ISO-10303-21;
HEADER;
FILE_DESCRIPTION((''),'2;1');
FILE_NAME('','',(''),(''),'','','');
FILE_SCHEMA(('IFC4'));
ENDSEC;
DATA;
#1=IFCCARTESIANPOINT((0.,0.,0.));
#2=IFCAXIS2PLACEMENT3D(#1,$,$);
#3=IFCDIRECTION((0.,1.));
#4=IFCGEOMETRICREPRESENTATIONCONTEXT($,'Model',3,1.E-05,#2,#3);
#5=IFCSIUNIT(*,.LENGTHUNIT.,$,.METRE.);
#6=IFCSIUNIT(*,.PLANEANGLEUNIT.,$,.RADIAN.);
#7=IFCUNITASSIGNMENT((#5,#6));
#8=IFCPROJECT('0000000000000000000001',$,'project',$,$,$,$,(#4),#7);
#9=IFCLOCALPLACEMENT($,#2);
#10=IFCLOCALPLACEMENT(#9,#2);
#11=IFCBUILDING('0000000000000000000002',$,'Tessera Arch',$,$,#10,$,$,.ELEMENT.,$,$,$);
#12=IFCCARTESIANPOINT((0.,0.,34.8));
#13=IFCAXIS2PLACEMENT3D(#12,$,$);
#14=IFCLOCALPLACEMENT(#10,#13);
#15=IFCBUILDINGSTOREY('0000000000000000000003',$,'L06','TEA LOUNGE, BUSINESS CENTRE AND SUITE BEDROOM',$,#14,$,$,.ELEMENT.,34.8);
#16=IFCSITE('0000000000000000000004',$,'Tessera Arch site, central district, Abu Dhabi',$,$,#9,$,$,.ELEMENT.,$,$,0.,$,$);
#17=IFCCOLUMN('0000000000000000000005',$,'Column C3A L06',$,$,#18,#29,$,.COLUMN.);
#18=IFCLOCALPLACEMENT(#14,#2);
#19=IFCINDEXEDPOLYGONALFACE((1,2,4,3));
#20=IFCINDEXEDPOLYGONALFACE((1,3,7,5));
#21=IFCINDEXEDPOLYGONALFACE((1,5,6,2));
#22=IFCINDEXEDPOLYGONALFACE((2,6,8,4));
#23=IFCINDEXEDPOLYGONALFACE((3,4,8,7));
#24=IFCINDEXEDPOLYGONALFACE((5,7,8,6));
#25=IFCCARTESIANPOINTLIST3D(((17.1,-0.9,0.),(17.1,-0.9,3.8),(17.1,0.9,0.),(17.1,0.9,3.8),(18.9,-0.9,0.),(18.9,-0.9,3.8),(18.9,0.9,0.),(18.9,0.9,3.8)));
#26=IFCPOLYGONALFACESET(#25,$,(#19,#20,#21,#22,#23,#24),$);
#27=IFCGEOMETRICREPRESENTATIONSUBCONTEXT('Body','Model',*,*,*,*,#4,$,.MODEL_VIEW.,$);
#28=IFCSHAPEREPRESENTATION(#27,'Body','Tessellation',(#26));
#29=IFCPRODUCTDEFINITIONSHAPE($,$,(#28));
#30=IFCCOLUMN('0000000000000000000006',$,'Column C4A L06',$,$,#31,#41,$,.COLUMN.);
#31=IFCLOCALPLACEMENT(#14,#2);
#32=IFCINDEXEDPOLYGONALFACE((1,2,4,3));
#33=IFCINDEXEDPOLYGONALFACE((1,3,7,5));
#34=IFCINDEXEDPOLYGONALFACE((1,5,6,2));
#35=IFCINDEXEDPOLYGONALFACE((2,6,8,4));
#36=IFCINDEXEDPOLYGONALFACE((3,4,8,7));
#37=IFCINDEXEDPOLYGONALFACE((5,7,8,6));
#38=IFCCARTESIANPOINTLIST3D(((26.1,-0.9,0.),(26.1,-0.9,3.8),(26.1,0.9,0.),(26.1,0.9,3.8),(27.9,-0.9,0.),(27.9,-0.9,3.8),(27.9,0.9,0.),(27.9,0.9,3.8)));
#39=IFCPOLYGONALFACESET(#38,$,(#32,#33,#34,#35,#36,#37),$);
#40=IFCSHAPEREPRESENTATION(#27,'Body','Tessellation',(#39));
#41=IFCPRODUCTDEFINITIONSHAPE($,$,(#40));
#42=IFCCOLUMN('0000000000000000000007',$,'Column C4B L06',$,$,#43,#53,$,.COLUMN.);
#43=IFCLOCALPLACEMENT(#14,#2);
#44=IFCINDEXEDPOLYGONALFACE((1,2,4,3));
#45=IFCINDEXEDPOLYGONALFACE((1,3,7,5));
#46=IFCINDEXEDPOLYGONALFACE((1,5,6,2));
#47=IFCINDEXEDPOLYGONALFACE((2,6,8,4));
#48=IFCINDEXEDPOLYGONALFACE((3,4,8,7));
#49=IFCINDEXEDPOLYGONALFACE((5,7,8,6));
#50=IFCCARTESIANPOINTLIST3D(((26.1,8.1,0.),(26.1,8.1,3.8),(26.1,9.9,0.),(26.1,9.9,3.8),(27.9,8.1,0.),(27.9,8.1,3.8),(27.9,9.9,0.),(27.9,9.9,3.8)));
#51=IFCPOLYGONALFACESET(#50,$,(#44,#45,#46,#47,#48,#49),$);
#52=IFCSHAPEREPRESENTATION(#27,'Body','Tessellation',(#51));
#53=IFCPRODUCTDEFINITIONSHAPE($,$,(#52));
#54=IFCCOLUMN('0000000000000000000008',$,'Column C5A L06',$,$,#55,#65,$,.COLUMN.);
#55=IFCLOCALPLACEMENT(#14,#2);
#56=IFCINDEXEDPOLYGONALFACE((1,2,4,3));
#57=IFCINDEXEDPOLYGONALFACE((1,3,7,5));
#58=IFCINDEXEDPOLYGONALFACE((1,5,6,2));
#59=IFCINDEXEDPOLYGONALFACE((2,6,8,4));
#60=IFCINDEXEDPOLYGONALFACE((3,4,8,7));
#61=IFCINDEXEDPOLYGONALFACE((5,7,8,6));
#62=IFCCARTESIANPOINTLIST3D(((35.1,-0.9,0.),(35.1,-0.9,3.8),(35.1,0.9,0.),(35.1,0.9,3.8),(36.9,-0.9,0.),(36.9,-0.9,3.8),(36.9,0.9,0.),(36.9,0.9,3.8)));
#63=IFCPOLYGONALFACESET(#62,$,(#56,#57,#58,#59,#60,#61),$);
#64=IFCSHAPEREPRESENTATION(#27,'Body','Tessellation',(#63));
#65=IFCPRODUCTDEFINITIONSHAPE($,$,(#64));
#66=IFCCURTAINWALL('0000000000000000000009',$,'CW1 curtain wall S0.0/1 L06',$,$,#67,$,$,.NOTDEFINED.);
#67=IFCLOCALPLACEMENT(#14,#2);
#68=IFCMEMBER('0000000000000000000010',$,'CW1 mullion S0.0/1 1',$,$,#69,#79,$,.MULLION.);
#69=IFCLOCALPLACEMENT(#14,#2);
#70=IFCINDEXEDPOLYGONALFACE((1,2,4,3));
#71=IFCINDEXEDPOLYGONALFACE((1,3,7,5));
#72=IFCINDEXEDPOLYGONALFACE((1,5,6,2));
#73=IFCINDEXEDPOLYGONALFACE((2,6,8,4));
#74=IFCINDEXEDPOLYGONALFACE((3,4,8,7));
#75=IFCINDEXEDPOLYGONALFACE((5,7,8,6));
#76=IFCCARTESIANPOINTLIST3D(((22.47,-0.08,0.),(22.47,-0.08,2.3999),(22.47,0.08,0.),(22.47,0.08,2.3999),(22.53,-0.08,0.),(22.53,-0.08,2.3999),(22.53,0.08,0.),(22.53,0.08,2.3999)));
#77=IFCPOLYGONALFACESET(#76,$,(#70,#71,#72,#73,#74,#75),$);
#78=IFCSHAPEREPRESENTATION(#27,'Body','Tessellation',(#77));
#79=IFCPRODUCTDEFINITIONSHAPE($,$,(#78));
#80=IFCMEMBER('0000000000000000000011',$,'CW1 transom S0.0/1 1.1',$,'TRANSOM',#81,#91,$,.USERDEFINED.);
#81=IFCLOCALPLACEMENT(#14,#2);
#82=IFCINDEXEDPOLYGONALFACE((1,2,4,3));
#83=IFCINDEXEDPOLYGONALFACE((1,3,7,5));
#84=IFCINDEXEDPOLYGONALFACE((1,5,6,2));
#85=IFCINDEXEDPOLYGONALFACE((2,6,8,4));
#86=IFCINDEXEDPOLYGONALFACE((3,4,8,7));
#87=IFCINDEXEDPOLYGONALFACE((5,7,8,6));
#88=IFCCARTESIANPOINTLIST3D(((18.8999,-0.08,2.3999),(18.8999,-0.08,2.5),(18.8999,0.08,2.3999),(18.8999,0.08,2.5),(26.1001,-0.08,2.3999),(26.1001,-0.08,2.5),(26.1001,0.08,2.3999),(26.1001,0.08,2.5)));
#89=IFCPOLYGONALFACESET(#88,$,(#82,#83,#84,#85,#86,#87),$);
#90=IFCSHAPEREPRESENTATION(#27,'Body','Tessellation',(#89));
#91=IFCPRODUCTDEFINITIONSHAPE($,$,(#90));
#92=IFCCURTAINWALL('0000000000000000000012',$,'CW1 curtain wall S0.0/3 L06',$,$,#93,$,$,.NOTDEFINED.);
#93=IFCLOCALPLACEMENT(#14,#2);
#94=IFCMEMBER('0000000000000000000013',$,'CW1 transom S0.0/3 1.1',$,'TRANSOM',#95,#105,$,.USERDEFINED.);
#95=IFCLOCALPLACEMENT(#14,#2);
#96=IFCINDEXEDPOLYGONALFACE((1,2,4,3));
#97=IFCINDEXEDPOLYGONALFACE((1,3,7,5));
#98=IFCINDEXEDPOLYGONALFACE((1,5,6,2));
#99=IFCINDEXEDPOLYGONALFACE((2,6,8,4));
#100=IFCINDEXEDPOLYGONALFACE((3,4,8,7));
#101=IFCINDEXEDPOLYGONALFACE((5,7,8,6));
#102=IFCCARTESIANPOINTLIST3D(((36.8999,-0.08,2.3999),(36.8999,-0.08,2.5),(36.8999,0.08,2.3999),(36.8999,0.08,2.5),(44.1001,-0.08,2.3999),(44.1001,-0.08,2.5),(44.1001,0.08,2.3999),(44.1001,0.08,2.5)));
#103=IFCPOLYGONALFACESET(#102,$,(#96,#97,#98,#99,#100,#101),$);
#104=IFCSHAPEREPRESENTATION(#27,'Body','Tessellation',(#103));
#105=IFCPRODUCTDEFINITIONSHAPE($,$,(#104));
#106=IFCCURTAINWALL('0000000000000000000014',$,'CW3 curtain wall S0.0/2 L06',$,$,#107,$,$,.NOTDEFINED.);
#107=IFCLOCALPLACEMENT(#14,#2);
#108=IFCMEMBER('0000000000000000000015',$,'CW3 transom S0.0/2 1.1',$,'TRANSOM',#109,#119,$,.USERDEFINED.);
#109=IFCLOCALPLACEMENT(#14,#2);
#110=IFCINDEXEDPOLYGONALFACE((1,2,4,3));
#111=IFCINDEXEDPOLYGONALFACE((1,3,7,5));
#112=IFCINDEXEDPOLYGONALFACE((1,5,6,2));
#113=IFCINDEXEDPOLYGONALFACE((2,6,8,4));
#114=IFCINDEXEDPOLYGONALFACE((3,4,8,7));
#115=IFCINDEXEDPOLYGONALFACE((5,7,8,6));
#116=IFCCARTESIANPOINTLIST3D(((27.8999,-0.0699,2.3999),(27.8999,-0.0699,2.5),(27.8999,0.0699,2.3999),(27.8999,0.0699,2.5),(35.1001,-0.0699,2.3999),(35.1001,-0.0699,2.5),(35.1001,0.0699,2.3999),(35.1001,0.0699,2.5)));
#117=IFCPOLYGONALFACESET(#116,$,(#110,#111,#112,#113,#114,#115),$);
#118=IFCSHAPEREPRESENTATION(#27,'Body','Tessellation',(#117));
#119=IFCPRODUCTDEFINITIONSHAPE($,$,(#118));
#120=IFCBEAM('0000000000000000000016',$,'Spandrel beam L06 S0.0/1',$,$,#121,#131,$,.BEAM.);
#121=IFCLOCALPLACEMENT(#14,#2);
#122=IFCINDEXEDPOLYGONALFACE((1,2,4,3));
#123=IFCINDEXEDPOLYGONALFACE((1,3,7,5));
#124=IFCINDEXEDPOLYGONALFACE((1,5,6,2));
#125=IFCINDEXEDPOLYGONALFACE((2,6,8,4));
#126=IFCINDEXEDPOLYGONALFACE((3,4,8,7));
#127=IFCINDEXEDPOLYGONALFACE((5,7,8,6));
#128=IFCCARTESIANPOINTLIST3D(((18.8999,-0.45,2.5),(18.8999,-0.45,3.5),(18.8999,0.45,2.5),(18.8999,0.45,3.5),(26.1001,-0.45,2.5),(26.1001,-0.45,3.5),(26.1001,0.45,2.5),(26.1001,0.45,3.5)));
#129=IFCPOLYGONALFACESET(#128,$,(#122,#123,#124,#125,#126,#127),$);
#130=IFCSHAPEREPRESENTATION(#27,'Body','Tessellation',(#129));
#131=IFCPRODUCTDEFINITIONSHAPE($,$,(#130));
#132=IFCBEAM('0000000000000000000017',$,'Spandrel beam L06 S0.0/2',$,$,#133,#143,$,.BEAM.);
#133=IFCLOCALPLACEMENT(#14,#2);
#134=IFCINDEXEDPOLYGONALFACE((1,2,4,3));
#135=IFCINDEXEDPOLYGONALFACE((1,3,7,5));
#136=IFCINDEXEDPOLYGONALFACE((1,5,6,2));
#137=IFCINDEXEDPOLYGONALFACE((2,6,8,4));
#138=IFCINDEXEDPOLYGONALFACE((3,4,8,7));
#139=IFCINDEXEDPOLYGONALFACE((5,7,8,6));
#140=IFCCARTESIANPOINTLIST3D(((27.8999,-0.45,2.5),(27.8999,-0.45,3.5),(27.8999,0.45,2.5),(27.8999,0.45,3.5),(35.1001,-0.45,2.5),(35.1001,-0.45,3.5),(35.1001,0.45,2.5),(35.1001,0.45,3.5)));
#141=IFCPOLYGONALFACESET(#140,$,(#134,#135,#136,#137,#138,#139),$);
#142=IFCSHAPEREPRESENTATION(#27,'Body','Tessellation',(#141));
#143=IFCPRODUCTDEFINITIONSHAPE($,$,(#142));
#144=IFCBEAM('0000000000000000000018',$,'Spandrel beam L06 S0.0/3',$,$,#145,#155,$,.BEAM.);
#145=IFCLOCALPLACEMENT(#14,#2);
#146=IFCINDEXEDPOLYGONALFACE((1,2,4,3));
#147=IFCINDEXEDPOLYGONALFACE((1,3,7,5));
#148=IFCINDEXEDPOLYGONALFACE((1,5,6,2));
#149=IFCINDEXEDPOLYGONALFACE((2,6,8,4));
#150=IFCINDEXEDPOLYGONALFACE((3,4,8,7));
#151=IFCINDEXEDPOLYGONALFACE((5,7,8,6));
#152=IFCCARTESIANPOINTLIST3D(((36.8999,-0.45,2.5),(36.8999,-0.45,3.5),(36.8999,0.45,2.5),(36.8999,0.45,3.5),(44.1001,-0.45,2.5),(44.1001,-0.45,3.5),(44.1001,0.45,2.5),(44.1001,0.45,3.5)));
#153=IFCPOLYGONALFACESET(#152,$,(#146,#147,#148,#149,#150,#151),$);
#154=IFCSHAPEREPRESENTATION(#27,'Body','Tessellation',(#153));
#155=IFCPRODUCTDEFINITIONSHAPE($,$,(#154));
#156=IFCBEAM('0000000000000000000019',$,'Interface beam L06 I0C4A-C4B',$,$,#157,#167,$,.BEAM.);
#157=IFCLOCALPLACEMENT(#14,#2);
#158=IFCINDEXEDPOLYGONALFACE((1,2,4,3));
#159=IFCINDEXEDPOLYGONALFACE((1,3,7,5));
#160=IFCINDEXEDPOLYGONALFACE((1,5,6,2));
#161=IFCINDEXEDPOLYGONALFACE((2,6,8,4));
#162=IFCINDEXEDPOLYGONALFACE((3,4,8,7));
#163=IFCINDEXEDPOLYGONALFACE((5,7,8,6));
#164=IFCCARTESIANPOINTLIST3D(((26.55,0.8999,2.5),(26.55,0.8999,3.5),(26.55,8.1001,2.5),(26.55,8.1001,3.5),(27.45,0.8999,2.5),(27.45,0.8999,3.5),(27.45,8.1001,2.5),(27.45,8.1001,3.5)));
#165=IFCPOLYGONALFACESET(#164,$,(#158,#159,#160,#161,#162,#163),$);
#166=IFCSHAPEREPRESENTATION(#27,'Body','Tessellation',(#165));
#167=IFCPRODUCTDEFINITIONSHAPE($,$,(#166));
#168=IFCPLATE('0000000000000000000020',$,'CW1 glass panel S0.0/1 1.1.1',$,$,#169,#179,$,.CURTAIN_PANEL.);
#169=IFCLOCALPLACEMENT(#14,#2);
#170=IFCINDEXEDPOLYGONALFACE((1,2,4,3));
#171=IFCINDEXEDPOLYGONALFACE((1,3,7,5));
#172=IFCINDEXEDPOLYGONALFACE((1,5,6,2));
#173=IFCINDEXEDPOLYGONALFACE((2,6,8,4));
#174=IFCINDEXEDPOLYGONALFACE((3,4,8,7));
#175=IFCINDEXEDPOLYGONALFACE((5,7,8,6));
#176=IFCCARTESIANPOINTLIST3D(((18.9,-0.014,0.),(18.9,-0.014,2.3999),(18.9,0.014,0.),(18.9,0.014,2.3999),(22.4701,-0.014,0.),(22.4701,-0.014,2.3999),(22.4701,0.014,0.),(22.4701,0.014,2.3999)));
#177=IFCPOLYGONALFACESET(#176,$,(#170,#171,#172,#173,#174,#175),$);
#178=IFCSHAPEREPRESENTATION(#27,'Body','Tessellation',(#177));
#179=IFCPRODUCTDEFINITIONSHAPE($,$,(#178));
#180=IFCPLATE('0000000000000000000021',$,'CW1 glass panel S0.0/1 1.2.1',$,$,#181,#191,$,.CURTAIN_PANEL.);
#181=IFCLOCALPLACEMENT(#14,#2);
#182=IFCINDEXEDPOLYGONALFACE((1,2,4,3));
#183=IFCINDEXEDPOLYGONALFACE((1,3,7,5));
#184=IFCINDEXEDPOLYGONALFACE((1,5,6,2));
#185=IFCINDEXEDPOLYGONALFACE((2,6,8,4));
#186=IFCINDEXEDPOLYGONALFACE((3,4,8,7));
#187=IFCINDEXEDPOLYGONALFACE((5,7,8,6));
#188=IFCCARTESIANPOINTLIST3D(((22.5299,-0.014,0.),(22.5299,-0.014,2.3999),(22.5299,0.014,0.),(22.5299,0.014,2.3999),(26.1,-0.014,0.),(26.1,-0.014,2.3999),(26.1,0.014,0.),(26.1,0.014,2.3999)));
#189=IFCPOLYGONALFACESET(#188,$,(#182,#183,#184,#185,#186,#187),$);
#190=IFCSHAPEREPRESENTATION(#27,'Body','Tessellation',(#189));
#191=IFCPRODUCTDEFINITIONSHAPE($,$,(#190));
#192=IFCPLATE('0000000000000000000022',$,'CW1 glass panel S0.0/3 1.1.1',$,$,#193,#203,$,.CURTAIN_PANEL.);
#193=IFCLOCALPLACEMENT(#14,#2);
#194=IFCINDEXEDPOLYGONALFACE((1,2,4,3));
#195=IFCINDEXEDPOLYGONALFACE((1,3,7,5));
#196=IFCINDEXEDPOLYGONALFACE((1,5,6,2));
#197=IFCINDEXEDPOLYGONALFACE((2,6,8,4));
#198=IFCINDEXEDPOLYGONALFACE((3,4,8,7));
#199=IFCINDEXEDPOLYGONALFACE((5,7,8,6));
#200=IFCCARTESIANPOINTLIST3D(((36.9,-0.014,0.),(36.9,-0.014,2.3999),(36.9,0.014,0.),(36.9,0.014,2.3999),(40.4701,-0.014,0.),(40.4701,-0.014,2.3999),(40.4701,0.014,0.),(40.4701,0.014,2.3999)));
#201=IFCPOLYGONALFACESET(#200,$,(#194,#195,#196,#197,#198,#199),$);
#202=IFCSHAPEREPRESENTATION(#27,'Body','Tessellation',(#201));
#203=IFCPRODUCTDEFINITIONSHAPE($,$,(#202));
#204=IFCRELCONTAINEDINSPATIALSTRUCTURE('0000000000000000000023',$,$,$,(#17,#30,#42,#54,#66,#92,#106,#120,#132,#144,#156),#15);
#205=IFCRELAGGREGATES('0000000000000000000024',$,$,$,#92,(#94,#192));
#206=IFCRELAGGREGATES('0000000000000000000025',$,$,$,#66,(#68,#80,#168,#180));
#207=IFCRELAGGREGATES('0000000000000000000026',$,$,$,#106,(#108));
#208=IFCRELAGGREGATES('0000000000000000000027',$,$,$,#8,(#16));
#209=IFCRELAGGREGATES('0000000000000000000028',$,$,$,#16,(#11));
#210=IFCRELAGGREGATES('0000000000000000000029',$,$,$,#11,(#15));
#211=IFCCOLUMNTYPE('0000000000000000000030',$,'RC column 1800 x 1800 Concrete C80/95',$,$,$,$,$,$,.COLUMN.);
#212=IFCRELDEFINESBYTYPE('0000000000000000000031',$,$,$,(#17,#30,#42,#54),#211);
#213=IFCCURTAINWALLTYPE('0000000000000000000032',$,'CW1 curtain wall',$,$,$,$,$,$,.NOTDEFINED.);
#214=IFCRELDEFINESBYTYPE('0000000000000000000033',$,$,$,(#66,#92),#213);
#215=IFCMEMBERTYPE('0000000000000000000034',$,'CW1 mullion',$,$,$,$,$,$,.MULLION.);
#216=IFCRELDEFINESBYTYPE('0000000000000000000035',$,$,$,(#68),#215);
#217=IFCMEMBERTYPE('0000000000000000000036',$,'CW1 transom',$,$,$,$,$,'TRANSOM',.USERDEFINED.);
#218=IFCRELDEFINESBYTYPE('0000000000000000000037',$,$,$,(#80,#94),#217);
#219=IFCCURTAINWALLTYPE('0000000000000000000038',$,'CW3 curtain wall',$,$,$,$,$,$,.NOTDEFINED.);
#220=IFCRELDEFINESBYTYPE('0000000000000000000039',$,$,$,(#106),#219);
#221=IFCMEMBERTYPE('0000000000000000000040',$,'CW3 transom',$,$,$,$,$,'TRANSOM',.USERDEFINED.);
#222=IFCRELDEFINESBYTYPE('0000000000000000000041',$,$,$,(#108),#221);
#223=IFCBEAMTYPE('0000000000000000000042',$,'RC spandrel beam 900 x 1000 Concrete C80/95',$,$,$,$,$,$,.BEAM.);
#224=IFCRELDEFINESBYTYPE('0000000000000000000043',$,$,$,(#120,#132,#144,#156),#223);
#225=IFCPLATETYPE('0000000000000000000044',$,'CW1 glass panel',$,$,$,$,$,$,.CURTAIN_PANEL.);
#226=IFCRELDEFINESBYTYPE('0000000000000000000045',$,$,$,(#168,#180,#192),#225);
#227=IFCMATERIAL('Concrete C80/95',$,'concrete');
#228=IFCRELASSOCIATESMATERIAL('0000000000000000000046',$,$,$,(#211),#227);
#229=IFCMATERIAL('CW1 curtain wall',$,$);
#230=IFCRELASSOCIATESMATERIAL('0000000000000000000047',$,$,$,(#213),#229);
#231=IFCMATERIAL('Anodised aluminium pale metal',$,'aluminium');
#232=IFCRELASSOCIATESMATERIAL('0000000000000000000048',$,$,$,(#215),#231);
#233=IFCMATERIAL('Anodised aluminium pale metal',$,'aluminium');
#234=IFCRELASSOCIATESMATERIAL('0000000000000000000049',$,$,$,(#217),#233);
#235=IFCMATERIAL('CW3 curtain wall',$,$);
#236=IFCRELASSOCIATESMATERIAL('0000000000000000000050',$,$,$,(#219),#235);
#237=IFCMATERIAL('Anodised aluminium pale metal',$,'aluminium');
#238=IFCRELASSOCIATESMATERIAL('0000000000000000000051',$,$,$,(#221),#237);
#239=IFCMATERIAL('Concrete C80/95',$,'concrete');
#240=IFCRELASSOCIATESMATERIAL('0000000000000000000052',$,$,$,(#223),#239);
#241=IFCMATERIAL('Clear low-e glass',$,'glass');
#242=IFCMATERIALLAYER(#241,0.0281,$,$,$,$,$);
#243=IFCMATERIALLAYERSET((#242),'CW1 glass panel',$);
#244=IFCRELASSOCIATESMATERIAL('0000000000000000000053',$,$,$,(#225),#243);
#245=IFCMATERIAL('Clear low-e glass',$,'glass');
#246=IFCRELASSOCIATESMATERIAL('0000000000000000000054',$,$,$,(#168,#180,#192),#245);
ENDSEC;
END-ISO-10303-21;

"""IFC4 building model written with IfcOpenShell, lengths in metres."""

from ifc_helpers import new_model, si_unit, direction, frame, origin, origin_2d, place, context, subcontext, project, spatial, rectangle, extrude, material, layer, layer_set, material_profile, profile_set, type_object, element, aggregate, save


model = new_model("IFC4")

# Units and contexts
model_context = context("Model", 3, precision=1e-05, world=origin(), true_north=direction((0.0, 1.0)))
body_context = subcontext(model_context, "Body", "Model", "MODEL_VIEW")
ifc_project = project(units=[si_unit("LENGTHUNIT", "METRE"), si_unit("PLANEANGLEUNIT", "RADIAN")], contexts=[model_context])

# Site, building, storey
site_placement = place(None, origin())
site = spatial("IfcSite", under=ifc_project, at=site_placement, Name="Tessera Arch site, central district, Abu Dhabi", CompositionType="ELEMENT", RefElevation=0.0)
building_placement = place(site_placement, origin())
building = spatial("IfcBuilding", under=site, at=building_placement, Name="Tessera Arch", CompositionType="ELEMENT")
storey_placement = place(building_placement, frame((0.0, 0.0, 34.8)))
storey = spatial("IfcBuildingStorey", under=building, at=storey_placement, Name="L06", Description="TEA LOUNGE, BUSINESS CENTRE AND SUITE BEDROOM", CompositionType="ELEMENT", Elevation=34.8)

# Columns
ifc_material_1 = material(Name="Concrete C80/95", Category="concrete")
ifc_material_profile_1 = material_profile(ifc_material_1, rectangle(XDim=1.8, YDim=1.8, at=origin_2d()), Name="RC column 1800 x 1800 Concrete C80/95")
ifc_profile_set_1 = profile_set([ifc_material_profile_1], Name="Concrete C80/95")
column_type = type_object("IfcColumnType", Name="RC column 1800 x 1800 Concrete C80/95", PredefinedType="COLUMN", material=ifc_profile_set_1)
for number, where, z_axis, x_axis, name in (
    (1, (18.0, 0.0, 0.0), (0.0, 0.0, 1.0), (1.0, 0.0, 0.0), "Column C3A L06"),
    (2, (27.0, 0.0, 0.0), (0.0, 0.0, 1.0), (1.0, 0.0, 0.0), "Column C4A L06"),
    (3, (27.0, 9.0, 0.0), (0.0, 0.0, 1.0), (1.0, 0.0, 0.0), "Column C4B L06"),
    (4, (36.0, 0.0, 0.0), (0.0, 0.0, 1.0), (1.0, 0.0, 0.0), "Column C5A L06"),
):
    element("IfcColumn", number, at=place(storey_placement, frame(where, z_axis=z_axis, x_axis=x_axis)), inside=storey, type_object=column_type, Name=name, PredefinedType="COLUMN", context=body_context, shape_type="SweptSolid", body=[
        extrude(rectangle(XDim=1.8, YDim=1.8, at=origin_2d()), origin(), (0.0, 0.0, 1.0), 3.8),
    ])

# Curtain wall, members
ifc_material_2 = material(Name="CW1 curtain wall")
curtain_wall_type_1 = type_object("IfcCurtainWallType", Name="CW1 curtain wall", PredefinedType="NOTDEFINED", material=ifc_material_2)
curtain_wall_1_placement = place(storey_placement, origin())
curtain_wall_1 = element("IfcCurtainWall", 5, at=curtain_wall_1_placement, inside=storey, type_object=curtain_wall_type_1, Name="CW1 curtain wall S0.0/1 L06", PredefinedType="NOTDEFINED")
ifc_material_3 = material(Name="Anodised aluminium pale metal", Category="aluminium")
ifc_material_profile_2 = material_profile(ifc_material_3, rectangle(XDim=0.1599, YDim=0.0601, at=origin_2d()), Name="AL 60x160")
ifc_profile_set_2 = profile_set([ifc_material_profile_2], Name="Anodised aluminium pale metal")
member_type_1 = type_object("IfcMemberType", Name="CW1 mullion", PredefinedType="MULLION", material=ifc_profile_set_2)
member_1_placement = place(storey_placement, frame((22.5, 0.0, 0.0), z_axis=(0.0, 0.0, 1.0), x_axis=(0.0, 1.0, 0.0)))
member_1 = element("IfcMember", 6, at=member_1_placement, type_object=member_type_1, Name="CW1 mullion S0.0/1 1", PredefinedType="MULLION", context=body_context, shape_type="SweptSolid", body=[
    extrude(rectangle(XDim=0.1599, YDim=0.0601, at=origin_2d()), origin(), (0.0, 0.0, 1.0), 2.3999),
])
ifc_material_4 = material(Name="Anodised aluminium pale metal", Category="aluminium")
ifc_material_profile_3 = material_profile(ifc_material_4, rectangle(XDim=0.1599, YDim=0.1001, at=origin_2d()), Name="AL 160x100")
ifc_profile_set_3 = profile_set([ifc_material_profile_3], Name="Anodised aluminium pale metal")
member_type_2 = type_object("IfcMemberType", Name="CW1 transom", ElementType="TRANSOM", PredefinedType="USERDEFINED", material=ifc_profile_set_3)
member_2_placement = place(storey_placement, frame((18.8999, 0.0, 2.45), z_axis=(1.0, 0.0, 0.0), x_axis=(0.0, 1.0, 0.0)))
member_2 = element("IfcMember", 7, at=member_2_placement, type_object=member_type_2, Name="CW1 transom S0.0/1 1.1", ObjectType="TRANSOM", PredefinedType="USERDEFINED", context=body_context, shape_type="SweptSolid", body=[
    extrude(rectangle(XDim=0.1599, YDim=0.1001, at=origin_2d()), origin(), (0.0, 0.0, 1.0), 7.2002),
])

# Curtain walls, members
curtain_wall_2_placement = place(storey_placement, origin())
curtain_wall_2 = element("IfcCurtainWall", 8, at=curtain_wall_2_placement, inside=storey, type_object=curtain_wall_type_1, Name="CW1 curtain wall S0.0/3 L06", PredefinedType="NOTDEFINED")
member_3_placement = place(storey_placement, frame((36.8999, 0.0, 2.45), z_axis=(1.0, 0.0, 0.0), x_axis=(0.0, 1.0, 0.0)))
member_3 = element("IfcMember", 9, at=member_3_placement, type_object=member_type_2, Name="CW1 transom S0.0/3 1.1", ObjectType="TRANSOM", PredefinedType="USERDEFINED", context=body_context, shape_type="SweptSolid", body=[
    extrude(rectangle(XDim=0.1599, YDim=0.1001, at=origin_2d()), origin(), (0.0, 0.0, 1.0), 7.2002),
])
ifc_material_5 = material(Name="CW3 curtain wall")
curtain_wall_type_2 = type_object("IfcCurtainWallType", Name="CW3 curtain wall", PredefinedType="NOTDEFINED", material=ifc_material_5)
curtain_wall_3_placement = place(storey_placement, origin())
curtain_wall_3 = element("IfcCurtainWall", 10, at=curtain_wall_3_placement, inside=storey, type_object=curtain_wall_type_2, Name="CW3 curtain wall S0.0/2 L06", PredefinedType="NOTDEFINED")
ifc_material_6 = material(Name="Anodised aluminium pale metal", Category="aluminium")
ifc_material_profile_4 = material_profile(ifc_material_6, rectangle(XDim=0.1399, YDim=0.1001, at=origin_2d()), Name="AL 140x100")
ifc_profile_set_4 = profile_set([ifc_material_profile_4], Name="Anodised aluminium pale metal")
member_type_3 = type_object("IfcMemberType", Name="CW3 transom", ElementType="TRANSOM", PredefinedType="USERDEFINED", material=ifc_profile_set_4)
member_4_placement = place(storey_placement, frame((27.8999, 0.0, 2.45), z_axis=(1.0, 0.0, 0.0), x_axis=(0.0, 1.0, 0.0)))
member_4 = element("IfcMember", 11, at=member_4_placement, type_object=member_type_3, Name="CW3 transom S0.0/2 1.1", ObjectType="TRANSOM", PredefinedType="USERDEFINED", context=body_context, shape_type="SweptSolid", body=[
    extrude(rectangle(XDim=0.1399, YDim=0.1001, at=origin_2d()), origin(), (0.0, 0.0, 1.0), 7.2002),
])

# Beams
ifc_material_7 = material(Name="Concrete C80/95", Category="concrete")
ifc_material_profile_5 = material_profile(ifc_material_7, rectangle(XDim=0.8999, YDim=1.0, at=origin_2d()), Name="RC spandrel beam 900 x 1000 Concrete C80/95")
ifc_profile_set_5 = profile_set([ifc_material_profile_5], Name="Concrete C80/95")
beam_type = type_object("IfcBeamType", Name="RC spandrel beam 900 x 1000 Concrete C80/95", PredefinedType="BEAM", material=ifc_profile_set_5)
for number, where, z_axis, x_axis, name in (
    (12, (18.8999, 0.0, 3.0), (1.0, 0.0, 0.0), (0.0, 1.0, 0.0), "Spandrel beam L06 S0.0/1"),
    (13, (27.8999, 0.0, 3.0), (1.0, 0.0, 0.0), (0.0, 1.0, 0.0), "Spandrel beam L06 S0.0/2"),
    (14, (36.8999, 0.0, 3.0), (1.0, 0.0, 0.0), (0.0, 1.0, 0.0), "Spandrel beam L06 S0.0/3"),
    (15, (27.0, 0.8999, 3.0), (0.0, 1.0, 0.0), (-1.0, 0.0, 0.0), "Interface beam L06 I0C4A-C4B"),
):
    element("IfcBeam", number, at=place(storey_placement, frame(where, z_axis=z_axis, x_axis=x_axis)), inside=storey, type_object=beam_type, Name=name, PredefinedType="BEAM", context=body_context, shape_type="SweptSolid", body=[
        extrude(rectangle(XDim=0.8999, YDim=1.0, at=origin_2d()), origin(), (0.0, 0.0, 1.0), 7.2002),
    ])

# Plates
ifc_material_8 = material(Name="Clear low-e glass", Category="glass")
ifc_material_9 = material(Name="Clear low-e glass", Category="glass")
ifc_layer_1 = layer(ifc_material_9, 0.0281)
ifc_layer_set_1 = layer_set([ifc_layer_1], Name="CW1 glass panel")
plate_type_1 = type_object("IfcPlateType", Name="CW1 glass panel", PredefinedType="CURTAIN_PANEL", material=ifc_layer_set_1)
plate_1_placement = place(storey_placement, frame((20.6851, 0.0, 0.0), z_axis=(0.0, 0.0, 1.0), x_axis=(1.0, 0.0, 0.0)))
plate_1 = element("IfcPlate", 16, at=plate_1_placement, type_object=plate_type_1, material=ifc_material_8, Name="CW1 glass panel S0.0/1 1.1.1", PredefinedType="CURTAIN_PANEL", context=body_context, shape_type="SweptSolid", body=[
    extrude(rectangle(XDim=3.5701, YDim=0.0281, at=origin_2d()), origin(), (0.0, 0.0, 1.0), 2.3999),
])
plate_2_placement = place(storey_placement, frame((24.3149, 0.0, 0.0), z_axis=(0.0, 0.0, 1.0), x_axis=(1.0, 0.0, 0.0)))
plate_2 = element("IfcPlate", 17, at=plate_2_placement, type_object=plate_type_1, material=ifc_material_8, Name="CW1 glass panel S0.0/1 1.2.1", PredefinedType="CURTAIN_PANEL", context=body_context, shape_type="SweptSolid", body=[
    extrude(rectangle(XDim=3.5701, YDim=0.0281, at=origin_2d()), origin(), (0.0, 0.0, 1.0), 2.3999),
])
plate_3_placement = place(storey_placement, frame((38.6851, 0.0, 0.0), z_axis=(0.0, 0.0, 1.0), x_axis=(1.0, 0.0, 0.0)))
plate_3 = element("IfcPlate", 18, at=plate_3_placement, type_object=plate_type_1, material=ifc_material_8, Name="CW1 glass panel S0.0/3 1.1.1", PredefinedType="CURTAIN_PANEL", context=body_context, shape_type="SweptSolid", body=[
    extrude(rectangle(XDim=3.5701, YDim=0.0281, at=origin_2d()), origin(), (0.0, 0.0, 1.0), 2.3999),
])
aggregate(curtain_wall_2, [member_3, plate_3])
aggregate(curtain_wall_1, [member_1, member_2, plate_1, plate_2])
aggregate(curtain_wall_3, [member_4])

save(model, "model.ifc")
